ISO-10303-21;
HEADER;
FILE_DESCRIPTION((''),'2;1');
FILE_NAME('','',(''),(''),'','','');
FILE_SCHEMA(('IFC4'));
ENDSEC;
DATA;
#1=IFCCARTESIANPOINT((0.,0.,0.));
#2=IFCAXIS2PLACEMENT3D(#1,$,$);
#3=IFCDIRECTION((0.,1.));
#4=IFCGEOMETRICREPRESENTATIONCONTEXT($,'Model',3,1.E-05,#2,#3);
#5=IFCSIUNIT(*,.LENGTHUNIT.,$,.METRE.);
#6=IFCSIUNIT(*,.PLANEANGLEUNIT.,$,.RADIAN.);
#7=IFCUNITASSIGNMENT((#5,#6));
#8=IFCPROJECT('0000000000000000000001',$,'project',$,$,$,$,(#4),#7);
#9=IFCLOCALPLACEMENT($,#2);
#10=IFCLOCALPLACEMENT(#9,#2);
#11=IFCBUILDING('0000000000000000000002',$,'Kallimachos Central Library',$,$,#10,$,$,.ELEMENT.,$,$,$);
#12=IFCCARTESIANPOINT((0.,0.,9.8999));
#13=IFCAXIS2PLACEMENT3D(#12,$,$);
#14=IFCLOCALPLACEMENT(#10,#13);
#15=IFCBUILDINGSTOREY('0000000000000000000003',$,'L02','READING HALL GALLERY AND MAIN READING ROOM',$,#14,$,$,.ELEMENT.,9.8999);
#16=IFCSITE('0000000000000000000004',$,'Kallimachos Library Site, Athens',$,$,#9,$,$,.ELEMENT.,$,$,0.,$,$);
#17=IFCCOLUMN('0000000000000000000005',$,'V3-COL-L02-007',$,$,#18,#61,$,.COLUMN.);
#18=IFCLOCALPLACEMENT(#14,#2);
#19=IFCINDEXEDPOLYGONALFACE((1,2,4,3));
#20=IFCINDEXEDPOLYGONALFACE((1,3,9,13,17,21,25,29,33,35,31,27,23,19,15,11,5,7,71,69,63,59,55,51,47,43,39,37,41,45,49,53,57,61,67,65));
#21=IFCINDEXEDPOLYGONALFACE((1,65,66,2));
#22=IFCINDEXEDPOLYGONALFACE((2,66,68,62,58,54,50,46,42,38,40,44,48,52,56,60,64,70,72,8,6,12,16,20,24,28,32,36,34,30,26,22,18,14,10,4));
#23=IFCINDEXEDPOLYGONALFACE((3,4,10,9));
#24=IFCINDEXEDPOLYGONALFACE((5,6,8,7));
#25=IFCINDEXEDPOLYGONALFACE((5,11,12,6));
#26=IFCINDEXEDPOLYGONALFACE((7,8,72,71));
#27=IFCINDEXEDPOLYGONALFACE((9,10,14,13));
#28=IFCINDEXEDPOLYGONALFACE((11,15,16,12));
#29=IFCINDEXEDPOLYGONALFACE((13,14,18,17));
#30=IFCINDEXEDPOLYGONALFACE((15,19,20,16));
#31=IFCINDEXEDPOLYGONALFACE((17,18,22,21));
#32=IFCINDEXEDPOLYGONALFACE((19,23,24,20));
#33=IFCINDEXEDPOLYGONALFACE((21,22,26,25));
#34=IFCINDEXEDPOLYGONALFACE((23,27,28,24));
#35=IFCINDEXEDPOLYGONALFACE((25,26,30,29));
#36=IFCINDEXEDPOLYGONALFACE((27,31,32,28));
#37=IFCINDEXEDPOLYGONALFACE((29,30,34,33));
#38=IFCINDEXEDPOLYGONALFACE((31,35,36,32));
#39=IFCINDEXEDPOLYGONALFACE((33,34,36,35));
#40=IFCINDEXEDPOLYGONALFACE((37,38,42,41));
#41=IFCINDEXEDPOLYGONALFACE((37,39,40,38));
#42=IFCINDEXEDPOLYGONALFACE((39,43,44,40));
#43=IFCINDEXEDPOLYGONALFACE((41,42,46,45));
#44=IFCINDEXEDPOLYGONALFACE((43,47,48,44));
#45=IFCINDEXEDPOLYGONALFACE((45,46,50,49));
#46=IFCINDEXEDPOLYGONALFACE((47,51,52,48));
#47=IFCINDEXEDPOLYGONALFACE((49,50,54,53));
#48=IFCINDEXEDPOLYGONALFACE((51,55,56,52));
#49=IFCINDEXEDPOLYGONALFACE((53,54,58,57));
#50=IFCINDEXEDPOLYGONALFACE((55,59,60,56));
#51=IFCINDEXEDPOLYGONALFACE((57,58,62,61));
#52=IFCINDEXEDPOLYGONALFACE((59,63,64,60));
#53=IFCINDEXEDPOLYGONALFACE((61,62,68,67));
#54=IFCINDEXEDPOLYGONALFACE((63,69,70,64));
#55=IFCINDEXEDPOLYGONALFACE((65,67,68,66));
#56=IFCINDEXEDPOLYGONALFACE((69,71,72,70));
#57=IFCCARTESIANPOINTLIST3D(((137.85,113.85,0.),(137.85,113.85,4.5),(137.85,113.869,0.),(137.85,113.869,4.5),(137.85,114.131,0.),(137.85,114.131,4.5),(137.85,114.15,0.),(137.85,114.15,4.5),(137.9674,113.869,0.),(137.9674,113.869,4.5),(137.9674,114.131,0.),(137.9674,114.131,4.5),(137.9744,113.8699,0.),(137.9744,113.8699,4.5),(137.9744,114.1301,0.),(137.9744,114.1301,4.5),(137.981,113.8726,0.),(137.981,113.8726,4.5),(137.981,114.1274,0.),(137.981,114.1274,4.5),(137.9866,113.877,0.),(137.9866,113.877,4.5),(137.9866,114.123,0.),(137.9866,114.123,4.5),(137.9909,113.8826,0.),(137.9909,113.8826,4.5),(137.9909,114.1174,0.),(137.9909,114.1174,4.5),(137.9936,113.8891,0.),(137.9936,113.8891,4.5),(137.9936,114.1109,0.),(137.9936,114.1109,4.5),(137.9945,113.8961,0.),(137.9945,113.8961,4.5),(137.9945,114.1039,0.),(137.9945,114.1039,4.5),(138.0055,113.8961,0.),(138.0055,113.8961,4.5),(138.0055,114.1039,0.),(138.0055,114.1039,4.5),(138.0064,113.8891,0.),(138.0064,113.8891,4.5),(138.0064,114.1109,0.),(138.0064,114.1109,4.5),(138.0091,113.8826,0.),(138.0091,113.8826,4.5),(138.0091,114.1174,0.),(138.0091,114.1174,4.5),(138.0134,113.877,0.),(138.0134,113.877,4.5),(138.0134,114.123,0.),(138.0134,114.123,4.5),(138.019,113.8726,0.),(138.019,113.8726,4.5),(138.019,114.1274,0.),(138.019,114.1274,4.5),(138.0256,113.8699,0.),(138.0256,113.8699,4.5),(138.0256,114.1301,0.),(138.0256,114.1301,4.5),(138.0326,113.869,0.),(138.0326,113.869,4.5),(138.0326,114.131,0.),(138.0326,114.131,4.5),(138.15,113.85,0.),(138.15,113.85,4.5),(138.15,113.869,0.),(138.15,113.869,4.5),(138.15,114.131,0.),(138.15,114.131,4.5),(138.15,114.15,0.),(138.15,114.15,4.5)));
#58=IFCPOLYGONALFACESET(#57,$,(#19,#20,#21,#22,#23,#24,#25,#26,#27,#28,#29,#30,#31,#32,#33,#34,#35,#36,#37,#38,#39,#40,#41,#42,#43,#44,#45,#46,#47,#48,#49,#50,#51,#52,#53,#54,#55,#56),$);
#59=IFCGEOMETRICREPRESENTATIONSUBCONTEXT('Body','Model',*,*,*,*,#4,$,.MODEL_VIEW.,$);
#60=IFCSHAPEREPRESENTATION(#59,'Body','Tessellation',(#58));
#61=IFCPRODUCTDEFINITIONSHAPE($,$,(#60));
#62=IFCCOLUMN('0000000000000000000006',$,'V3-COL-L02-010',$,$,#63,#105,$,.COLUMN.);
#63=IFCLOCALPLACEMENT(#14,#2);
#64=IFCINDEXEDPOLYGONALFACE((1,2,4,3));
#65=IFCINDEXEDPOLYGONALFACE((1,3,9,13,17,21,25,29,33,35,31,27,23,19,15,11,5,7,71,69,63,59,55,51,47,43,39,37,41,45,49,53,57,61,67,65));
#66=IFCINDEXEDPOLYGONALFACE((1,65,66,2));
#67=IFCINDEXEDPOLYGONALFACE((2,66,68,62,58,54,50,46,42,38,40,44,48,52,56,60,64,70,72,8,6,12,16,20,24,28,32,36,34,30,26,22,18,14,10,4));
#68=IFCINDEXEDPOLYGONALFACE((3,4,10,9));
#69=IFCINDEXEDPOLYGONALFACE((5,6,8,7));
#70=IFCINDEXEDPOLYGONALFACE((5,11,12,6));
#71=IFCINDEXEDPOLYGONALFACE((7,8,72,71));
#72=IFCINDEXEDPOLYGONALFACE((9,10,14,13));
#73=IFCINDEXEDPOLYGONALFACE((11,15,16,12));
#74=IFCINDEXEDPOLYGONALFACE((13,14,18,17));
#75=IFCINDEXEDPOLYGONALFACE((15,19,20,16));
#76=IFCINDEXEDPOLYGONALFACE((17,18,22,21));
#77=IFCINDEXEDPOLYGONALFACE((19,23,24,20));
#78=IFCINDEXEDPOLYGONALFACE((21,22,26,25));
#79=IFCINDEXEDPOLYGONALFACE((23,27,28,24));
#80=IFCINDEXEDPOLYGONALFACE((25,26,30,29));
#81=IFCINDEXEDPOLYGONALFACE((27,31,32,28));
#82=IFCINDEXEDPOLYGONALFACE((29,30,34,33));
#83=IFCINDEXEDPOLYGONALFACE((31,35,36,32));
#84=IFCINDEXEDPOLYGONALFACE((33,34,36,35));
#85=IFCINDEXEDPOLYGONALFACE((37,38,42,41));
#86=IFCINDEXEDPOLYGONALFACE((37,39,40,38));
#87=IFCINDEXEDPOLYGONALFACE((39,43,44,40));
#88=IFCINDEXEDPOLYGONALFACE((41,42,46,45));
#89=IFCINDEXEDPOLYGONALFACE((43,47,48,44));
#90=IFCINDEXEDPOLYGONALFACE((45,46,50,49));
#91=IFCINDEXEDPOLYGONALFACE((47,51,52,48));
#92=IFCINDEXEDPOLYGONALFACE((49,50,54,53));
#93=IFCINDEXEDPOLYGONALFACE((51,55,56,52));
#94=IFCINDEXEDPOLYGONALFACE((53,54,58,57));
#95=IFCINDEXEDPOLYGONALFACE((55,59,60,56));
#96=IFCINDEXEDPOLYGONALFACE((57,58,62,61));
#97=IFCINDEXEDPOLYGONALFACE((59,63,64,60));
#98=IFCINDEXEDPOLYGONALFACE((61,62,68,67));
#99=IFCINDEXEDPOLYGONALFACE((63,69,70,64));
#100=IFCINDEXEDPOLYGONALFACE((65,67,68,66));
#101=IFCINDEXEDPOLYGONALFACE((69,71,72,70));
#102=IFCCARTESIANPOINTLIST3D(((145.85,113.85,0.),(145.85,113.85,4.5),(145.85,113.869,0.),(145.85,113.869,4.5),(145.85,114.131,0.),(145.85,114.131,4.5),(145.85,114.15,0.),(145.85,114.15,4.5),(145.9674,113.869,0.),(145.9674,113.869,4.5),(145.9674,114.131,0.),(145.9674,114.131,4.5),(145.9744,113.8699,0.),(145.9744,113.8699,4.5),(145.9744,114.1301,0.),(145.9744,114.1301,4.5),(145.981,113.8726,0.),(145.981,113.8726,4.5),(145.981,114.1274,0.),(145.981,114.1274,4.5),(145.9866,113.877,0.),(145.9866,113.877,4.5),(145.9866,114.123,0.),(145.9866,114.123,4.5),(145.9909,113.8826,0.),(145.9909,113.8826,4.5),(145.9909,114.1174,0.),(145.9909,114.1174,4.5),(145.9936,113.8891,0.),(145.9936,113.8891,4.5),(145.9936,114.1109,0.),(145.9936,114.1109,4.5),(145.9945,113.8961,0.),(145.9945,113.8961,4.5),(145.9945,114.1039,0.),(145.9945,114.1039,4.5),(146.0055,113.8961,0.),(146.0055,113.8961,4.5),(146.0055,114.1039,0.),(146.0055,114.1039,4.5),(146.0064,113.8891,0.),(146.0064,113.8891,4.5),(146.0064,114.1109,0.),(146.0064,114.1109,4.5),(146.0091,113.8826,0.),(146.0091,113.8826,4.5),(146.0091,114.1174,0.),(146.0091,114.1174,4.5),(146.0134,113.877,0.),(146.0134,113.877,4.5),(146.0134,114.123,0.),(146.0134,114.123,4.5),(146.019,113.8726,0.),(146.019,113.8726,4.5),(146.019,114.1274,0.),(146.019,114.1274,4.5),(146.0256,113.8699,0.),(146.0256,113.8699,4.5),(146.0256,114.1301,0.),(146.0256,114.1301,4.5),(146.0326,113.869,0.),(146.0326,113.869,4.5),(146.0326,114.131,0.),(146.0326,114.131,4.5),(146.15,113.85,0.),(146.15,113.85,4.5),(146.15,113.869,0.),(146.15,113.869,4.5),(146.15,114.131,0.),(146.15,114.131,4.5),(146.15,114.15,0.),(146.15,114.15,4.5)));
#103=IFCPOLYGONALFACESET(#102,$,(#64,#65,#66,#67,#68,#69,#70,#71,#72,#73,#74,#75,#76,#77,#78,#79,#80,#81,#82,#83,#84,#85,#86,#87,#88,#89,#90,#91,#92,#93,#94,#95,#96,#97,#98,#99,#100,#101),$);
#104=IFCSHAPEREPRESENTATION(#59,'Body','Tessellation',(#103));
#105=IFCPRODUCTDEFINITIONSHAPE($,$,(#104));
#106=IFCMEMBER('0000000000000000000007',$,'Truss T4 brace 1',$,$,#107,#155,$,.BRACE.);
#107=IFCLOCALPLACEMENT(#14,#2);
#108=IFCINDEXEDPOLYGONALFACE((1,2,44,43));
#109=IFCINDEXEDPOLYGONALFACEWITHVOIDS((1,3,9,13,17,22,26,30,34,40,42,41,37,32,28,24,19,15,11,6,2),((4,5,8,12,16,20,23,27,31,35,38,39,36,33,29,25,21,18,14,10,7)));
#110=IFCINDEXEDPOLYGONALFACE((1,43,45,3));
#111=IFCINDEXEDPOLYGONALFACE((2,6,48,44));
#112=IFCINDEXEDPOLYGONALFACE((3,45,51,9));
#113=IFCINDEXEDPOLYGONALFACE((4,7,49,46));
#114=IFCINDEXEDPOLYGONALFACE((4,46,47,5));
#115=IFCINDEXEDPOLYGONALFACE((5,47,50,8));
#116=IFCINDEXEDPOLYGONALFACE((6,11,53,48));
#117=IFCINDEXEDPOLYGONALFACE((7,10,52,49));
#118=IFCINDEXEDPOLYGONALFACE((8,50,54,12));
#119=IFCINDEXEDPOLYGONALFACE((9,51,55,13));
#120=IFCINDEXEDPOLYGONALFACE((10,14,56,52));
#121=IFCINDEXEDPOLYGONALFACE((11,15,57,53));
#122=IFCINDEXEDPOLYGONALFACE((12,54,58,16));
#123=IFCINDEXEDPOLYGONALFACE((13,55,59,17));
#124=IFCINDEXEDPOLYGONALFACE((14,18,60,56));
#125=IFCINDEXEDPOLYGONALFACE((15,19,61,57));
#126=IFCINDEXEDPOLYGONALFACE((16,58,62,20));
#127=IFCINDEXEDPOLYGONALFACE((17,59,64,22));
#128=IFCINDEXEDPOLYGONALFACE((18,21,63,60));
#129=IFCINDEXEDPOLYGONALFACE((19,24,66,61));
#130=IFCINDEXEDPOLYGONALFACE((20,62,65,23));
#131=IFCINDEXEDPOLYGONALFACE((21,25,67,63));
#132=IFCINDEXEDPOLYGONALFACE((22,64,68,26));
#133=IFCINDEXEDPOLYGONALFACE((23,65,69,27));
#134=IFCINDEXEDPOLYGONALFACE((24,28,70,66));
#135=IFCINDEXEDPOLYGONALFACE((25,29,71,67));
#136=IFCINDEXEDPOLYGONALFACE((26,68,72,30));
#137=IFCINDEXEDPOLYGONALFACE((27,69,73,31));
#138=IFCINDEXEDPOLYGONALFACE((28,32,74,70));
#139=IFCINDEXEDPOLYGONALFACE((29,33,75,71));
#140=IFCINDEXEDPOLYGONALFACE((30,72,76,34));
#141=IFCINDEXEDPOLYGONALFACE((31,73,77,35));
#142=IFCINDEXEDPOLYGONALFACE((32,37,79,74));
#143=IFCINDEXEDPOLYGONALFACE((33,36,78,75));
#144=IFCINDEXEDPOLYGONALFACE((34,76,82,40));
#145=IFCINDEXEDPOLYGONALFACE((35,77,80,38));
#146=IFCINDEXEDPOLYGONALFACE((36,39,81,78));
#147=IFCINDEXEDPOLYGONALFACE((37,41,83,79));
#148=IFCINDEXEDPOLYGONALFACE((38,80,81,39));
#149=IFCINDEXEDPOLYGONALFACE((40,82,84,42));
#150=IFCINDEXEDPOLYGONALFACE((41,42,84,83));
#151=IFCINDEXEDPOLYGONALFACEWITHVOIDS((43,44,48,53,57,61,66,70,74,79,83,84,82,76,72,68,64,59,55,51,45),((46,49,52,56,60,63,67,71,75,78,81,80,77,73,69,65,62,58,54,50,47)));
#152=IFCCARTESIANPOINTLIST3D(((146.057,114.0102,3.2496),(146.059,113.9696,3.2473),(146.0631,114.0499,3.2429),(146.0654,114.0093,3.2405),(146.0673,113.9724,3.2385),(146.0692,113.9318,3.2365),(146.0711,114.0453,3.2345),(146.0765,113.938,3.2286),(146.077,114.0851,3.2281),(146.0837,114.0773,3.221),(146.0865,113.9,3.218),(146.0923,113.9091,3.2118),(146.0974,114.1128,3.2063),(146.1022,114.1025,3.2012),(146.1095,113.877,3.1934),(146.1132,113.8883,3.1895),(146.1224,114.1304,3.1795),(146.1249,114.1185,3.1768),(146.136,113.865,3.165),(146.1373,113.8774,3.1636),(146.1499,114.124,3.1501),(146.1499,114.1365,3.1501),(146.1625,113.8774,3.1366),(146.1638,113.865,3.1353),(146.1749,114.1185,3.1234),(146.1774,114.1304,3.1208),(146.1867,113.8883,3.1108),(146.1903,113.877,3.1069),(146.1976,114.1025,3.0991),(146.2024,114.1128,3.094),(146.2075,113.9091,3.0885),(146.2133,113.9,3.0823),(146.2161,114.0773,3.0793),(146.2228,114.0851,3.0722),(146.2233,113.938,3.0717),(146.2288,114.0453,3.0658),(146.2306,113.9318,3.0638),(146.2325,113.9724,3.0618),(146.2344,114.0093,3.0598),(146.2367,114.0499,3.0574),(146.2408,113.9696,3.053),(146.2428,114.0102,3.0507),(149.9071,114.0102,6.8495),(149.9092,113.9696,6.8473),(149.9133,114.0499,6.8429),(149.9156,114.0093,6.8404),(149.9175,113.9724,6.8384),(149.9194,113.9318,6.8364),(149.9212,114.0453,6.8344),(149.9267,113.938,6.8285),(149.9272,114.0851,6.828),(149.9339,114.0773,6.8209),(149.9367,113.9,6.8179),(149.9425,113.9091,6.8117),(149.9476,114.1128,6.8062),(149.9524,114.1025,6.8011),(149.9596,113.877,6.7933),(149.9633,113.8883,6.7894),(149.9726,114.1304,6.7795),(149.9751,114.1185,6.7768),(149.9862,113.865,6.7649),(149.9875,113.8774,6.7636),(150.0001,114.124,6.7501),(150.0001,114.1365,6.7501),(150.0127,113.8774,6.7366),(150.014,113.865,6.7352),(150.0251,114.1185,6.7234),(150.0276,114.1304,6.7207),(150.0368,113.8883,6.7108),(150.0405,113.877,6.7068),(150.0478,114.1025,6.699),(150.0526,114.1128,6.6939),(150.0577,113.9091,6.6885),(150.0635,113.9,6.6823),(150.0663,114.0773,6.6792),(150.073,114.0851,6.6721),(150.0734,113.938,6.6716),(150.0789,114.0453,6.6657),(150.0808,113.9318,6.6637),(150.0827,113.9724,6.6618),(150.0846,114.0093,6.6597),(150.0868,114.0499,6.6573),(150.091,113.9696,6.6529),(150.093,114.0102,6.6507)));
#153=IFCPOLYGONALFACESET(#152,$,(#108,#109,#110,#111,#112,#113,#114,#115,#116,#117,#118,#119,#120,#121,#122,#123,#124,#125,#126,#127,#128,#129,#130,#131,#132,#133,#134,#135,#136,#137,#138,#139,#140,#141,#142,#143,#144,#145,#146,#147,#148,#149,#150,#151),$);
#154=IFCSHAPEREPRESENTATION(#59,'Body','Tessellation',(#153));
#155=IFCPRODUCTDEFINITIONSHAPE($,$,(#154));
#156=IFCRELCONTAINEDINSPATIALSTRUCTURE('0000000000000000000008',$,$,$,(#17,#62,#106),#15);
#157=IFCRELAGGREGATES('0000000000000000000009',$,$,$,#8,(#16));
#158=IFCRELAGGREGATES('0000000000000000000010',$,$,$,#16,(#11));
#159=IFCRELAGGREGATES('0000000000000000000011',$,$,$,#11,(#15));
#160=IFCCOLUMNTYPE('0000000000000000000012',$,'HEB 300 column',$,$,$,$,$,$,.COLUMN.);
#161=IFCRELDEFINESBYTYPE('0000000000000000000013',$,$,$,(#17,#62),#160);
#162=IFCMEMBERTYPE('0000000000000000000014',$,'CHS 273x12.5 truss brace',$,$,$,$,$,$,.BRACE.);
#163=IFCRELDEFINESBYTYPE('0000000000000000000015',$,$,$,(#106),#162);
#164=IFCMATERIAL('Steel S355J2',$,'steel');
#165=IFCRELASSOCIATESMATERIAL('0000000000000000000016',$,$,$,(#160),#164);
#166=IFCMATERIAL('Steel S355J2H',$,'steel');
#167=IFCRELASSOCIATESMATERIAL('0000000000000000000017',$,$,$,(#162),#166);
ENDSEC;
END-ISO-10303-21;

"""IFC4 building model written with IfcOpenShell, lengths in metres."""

from ifc_helpers import new_model, si_unit, direction, frame, origin, origin_2d, place, context, subcontext, project, spatial, hollow_circle, i_section, extrude, material, material_profile, profile_set, type_object, element, save


model = new_model("IFC4")

# Units and contexts
model_context = context("Model", 3, precision=1e-05, world=origin(), true_north=direction((0.0, 1.0)))
body_context = subcontext(model_context, "Body", "Model", "MODEL_VIEW")
ifc_project = project(units=[si_unit("LENGTHUNIT", "METRE"), si_unit("PLANEANGLEUNIT", "RADIAN")], contexts=[model_context])

# Site, building, storey
site_placement = place(None, origin())
site = spatial("IfcSite", under=ifc_project, at=site_placement, Name="Kallimachos Library Site, Athens", CompositionType="ELEMENT", RefElevation=0.0)
building_placement = place(site_placement, origin())
building = spatial("IfcBuilding", under=site, at=building_placement, Name="Kallimachos Central Library", CompositionType="ELEMENT")
storey_placement = place(building_placement, frame((0.0, 0.0, 9.8999)))
storey = spatial("IfcBuildingStorey", under=building, at=storey_placement, Name="L02", Description="READING HALL GALLERY AND MAIN READING ROOM", CompositionType="ELEMENT", Elevation=9.8999)

# Columns
ifc_material_1 = material(Name="Steel S355J2", Category="steel")
ifc_material_profile_1 = material_profile(ifc_material_1, i_section(OverallWidth=0.3, OverallDepth=0.3, WebThickness=0.011, FlangeThickness=0.019, FilletRadius=0.0271, at=origin_2d()), Name="HEB 300")
ifc_profile_set_1 = profile_set([ifc_material_profile_1], Name="Steel S355J2")
column_type = type_object("IfcColumnType", Name="HEB 300 column", PredefinedType="COLUMN", material=ifc_profile_set_1)
for number, where, z_axis, x_axis, name in (
    (1, (138.0, 114.0, 0.0), (0.0, 0.0, 1.0), (1.0, 0.0, 0.0), "V3-COL-L02-007"),
    (2, (146.0, 114.0, 0.0), (0.0, 0.0, 1.0), (1.0, 0.0, 0.0), "V3-COL-L02-010"),
):
    element("IfcColumn", number, at=place(storey_placement, frame(where, z_axis=z_axis, x_axis=x_axis)), inside=storey, type_object=column_type, Name=name, PredefinedType="COLUMN", context=body_context, shape_type="SweptSolid", body=[
        extrude(i_section(OverallWidth=0.3, OverallDepth=0.3, WebThickness=0.011, FlangeThickness=0.019, FilletRadius=0.0271, at=origin_2d()), origin(), (0.0, 0.0, 1.0), 4.5),
    ])

# Member
ifc_material_2 = material(Name="Steel S355J2H", Category="steel")
ifc_material_profile_2 = material_profile(ifc_material_2, hollow_circle(Radius=0.1365, WallThickness=0.0125, at=origin_2d()), Name="CHS 273x12.5")
ifc_profile_set_2 = profile_set([ifc_material_profile_2], Name="Steel S355J2H")
member_type_1 = type_object("IfcMemberType", Name="CHS 273x12.5 truss brace", PredefinedType="BRACE", material=ifc_profile_set_2)
member_1_placement = place(storey_placement, frame((146.1499, 114.0, 3.1501), z_axis=(0.730447, 0.0, 0.68297), x_axis=(0.0, 1.0, 0.0)))
element("IfcMember", 3, at=member_1_placement, inside=storey, type_object=member_type_1, Name="Truss T4 brace 1", PredefinedType="BRACE", context=body_context, shape_type="SweptSolid", body=[
    extrude(hollow_circle(Radius=0.1365, WallThickness=0.0125, at=origin_2d()), origin(), (0.0, 0.0, 1.0), 5.271),
])

save(model, "model.ifc")
